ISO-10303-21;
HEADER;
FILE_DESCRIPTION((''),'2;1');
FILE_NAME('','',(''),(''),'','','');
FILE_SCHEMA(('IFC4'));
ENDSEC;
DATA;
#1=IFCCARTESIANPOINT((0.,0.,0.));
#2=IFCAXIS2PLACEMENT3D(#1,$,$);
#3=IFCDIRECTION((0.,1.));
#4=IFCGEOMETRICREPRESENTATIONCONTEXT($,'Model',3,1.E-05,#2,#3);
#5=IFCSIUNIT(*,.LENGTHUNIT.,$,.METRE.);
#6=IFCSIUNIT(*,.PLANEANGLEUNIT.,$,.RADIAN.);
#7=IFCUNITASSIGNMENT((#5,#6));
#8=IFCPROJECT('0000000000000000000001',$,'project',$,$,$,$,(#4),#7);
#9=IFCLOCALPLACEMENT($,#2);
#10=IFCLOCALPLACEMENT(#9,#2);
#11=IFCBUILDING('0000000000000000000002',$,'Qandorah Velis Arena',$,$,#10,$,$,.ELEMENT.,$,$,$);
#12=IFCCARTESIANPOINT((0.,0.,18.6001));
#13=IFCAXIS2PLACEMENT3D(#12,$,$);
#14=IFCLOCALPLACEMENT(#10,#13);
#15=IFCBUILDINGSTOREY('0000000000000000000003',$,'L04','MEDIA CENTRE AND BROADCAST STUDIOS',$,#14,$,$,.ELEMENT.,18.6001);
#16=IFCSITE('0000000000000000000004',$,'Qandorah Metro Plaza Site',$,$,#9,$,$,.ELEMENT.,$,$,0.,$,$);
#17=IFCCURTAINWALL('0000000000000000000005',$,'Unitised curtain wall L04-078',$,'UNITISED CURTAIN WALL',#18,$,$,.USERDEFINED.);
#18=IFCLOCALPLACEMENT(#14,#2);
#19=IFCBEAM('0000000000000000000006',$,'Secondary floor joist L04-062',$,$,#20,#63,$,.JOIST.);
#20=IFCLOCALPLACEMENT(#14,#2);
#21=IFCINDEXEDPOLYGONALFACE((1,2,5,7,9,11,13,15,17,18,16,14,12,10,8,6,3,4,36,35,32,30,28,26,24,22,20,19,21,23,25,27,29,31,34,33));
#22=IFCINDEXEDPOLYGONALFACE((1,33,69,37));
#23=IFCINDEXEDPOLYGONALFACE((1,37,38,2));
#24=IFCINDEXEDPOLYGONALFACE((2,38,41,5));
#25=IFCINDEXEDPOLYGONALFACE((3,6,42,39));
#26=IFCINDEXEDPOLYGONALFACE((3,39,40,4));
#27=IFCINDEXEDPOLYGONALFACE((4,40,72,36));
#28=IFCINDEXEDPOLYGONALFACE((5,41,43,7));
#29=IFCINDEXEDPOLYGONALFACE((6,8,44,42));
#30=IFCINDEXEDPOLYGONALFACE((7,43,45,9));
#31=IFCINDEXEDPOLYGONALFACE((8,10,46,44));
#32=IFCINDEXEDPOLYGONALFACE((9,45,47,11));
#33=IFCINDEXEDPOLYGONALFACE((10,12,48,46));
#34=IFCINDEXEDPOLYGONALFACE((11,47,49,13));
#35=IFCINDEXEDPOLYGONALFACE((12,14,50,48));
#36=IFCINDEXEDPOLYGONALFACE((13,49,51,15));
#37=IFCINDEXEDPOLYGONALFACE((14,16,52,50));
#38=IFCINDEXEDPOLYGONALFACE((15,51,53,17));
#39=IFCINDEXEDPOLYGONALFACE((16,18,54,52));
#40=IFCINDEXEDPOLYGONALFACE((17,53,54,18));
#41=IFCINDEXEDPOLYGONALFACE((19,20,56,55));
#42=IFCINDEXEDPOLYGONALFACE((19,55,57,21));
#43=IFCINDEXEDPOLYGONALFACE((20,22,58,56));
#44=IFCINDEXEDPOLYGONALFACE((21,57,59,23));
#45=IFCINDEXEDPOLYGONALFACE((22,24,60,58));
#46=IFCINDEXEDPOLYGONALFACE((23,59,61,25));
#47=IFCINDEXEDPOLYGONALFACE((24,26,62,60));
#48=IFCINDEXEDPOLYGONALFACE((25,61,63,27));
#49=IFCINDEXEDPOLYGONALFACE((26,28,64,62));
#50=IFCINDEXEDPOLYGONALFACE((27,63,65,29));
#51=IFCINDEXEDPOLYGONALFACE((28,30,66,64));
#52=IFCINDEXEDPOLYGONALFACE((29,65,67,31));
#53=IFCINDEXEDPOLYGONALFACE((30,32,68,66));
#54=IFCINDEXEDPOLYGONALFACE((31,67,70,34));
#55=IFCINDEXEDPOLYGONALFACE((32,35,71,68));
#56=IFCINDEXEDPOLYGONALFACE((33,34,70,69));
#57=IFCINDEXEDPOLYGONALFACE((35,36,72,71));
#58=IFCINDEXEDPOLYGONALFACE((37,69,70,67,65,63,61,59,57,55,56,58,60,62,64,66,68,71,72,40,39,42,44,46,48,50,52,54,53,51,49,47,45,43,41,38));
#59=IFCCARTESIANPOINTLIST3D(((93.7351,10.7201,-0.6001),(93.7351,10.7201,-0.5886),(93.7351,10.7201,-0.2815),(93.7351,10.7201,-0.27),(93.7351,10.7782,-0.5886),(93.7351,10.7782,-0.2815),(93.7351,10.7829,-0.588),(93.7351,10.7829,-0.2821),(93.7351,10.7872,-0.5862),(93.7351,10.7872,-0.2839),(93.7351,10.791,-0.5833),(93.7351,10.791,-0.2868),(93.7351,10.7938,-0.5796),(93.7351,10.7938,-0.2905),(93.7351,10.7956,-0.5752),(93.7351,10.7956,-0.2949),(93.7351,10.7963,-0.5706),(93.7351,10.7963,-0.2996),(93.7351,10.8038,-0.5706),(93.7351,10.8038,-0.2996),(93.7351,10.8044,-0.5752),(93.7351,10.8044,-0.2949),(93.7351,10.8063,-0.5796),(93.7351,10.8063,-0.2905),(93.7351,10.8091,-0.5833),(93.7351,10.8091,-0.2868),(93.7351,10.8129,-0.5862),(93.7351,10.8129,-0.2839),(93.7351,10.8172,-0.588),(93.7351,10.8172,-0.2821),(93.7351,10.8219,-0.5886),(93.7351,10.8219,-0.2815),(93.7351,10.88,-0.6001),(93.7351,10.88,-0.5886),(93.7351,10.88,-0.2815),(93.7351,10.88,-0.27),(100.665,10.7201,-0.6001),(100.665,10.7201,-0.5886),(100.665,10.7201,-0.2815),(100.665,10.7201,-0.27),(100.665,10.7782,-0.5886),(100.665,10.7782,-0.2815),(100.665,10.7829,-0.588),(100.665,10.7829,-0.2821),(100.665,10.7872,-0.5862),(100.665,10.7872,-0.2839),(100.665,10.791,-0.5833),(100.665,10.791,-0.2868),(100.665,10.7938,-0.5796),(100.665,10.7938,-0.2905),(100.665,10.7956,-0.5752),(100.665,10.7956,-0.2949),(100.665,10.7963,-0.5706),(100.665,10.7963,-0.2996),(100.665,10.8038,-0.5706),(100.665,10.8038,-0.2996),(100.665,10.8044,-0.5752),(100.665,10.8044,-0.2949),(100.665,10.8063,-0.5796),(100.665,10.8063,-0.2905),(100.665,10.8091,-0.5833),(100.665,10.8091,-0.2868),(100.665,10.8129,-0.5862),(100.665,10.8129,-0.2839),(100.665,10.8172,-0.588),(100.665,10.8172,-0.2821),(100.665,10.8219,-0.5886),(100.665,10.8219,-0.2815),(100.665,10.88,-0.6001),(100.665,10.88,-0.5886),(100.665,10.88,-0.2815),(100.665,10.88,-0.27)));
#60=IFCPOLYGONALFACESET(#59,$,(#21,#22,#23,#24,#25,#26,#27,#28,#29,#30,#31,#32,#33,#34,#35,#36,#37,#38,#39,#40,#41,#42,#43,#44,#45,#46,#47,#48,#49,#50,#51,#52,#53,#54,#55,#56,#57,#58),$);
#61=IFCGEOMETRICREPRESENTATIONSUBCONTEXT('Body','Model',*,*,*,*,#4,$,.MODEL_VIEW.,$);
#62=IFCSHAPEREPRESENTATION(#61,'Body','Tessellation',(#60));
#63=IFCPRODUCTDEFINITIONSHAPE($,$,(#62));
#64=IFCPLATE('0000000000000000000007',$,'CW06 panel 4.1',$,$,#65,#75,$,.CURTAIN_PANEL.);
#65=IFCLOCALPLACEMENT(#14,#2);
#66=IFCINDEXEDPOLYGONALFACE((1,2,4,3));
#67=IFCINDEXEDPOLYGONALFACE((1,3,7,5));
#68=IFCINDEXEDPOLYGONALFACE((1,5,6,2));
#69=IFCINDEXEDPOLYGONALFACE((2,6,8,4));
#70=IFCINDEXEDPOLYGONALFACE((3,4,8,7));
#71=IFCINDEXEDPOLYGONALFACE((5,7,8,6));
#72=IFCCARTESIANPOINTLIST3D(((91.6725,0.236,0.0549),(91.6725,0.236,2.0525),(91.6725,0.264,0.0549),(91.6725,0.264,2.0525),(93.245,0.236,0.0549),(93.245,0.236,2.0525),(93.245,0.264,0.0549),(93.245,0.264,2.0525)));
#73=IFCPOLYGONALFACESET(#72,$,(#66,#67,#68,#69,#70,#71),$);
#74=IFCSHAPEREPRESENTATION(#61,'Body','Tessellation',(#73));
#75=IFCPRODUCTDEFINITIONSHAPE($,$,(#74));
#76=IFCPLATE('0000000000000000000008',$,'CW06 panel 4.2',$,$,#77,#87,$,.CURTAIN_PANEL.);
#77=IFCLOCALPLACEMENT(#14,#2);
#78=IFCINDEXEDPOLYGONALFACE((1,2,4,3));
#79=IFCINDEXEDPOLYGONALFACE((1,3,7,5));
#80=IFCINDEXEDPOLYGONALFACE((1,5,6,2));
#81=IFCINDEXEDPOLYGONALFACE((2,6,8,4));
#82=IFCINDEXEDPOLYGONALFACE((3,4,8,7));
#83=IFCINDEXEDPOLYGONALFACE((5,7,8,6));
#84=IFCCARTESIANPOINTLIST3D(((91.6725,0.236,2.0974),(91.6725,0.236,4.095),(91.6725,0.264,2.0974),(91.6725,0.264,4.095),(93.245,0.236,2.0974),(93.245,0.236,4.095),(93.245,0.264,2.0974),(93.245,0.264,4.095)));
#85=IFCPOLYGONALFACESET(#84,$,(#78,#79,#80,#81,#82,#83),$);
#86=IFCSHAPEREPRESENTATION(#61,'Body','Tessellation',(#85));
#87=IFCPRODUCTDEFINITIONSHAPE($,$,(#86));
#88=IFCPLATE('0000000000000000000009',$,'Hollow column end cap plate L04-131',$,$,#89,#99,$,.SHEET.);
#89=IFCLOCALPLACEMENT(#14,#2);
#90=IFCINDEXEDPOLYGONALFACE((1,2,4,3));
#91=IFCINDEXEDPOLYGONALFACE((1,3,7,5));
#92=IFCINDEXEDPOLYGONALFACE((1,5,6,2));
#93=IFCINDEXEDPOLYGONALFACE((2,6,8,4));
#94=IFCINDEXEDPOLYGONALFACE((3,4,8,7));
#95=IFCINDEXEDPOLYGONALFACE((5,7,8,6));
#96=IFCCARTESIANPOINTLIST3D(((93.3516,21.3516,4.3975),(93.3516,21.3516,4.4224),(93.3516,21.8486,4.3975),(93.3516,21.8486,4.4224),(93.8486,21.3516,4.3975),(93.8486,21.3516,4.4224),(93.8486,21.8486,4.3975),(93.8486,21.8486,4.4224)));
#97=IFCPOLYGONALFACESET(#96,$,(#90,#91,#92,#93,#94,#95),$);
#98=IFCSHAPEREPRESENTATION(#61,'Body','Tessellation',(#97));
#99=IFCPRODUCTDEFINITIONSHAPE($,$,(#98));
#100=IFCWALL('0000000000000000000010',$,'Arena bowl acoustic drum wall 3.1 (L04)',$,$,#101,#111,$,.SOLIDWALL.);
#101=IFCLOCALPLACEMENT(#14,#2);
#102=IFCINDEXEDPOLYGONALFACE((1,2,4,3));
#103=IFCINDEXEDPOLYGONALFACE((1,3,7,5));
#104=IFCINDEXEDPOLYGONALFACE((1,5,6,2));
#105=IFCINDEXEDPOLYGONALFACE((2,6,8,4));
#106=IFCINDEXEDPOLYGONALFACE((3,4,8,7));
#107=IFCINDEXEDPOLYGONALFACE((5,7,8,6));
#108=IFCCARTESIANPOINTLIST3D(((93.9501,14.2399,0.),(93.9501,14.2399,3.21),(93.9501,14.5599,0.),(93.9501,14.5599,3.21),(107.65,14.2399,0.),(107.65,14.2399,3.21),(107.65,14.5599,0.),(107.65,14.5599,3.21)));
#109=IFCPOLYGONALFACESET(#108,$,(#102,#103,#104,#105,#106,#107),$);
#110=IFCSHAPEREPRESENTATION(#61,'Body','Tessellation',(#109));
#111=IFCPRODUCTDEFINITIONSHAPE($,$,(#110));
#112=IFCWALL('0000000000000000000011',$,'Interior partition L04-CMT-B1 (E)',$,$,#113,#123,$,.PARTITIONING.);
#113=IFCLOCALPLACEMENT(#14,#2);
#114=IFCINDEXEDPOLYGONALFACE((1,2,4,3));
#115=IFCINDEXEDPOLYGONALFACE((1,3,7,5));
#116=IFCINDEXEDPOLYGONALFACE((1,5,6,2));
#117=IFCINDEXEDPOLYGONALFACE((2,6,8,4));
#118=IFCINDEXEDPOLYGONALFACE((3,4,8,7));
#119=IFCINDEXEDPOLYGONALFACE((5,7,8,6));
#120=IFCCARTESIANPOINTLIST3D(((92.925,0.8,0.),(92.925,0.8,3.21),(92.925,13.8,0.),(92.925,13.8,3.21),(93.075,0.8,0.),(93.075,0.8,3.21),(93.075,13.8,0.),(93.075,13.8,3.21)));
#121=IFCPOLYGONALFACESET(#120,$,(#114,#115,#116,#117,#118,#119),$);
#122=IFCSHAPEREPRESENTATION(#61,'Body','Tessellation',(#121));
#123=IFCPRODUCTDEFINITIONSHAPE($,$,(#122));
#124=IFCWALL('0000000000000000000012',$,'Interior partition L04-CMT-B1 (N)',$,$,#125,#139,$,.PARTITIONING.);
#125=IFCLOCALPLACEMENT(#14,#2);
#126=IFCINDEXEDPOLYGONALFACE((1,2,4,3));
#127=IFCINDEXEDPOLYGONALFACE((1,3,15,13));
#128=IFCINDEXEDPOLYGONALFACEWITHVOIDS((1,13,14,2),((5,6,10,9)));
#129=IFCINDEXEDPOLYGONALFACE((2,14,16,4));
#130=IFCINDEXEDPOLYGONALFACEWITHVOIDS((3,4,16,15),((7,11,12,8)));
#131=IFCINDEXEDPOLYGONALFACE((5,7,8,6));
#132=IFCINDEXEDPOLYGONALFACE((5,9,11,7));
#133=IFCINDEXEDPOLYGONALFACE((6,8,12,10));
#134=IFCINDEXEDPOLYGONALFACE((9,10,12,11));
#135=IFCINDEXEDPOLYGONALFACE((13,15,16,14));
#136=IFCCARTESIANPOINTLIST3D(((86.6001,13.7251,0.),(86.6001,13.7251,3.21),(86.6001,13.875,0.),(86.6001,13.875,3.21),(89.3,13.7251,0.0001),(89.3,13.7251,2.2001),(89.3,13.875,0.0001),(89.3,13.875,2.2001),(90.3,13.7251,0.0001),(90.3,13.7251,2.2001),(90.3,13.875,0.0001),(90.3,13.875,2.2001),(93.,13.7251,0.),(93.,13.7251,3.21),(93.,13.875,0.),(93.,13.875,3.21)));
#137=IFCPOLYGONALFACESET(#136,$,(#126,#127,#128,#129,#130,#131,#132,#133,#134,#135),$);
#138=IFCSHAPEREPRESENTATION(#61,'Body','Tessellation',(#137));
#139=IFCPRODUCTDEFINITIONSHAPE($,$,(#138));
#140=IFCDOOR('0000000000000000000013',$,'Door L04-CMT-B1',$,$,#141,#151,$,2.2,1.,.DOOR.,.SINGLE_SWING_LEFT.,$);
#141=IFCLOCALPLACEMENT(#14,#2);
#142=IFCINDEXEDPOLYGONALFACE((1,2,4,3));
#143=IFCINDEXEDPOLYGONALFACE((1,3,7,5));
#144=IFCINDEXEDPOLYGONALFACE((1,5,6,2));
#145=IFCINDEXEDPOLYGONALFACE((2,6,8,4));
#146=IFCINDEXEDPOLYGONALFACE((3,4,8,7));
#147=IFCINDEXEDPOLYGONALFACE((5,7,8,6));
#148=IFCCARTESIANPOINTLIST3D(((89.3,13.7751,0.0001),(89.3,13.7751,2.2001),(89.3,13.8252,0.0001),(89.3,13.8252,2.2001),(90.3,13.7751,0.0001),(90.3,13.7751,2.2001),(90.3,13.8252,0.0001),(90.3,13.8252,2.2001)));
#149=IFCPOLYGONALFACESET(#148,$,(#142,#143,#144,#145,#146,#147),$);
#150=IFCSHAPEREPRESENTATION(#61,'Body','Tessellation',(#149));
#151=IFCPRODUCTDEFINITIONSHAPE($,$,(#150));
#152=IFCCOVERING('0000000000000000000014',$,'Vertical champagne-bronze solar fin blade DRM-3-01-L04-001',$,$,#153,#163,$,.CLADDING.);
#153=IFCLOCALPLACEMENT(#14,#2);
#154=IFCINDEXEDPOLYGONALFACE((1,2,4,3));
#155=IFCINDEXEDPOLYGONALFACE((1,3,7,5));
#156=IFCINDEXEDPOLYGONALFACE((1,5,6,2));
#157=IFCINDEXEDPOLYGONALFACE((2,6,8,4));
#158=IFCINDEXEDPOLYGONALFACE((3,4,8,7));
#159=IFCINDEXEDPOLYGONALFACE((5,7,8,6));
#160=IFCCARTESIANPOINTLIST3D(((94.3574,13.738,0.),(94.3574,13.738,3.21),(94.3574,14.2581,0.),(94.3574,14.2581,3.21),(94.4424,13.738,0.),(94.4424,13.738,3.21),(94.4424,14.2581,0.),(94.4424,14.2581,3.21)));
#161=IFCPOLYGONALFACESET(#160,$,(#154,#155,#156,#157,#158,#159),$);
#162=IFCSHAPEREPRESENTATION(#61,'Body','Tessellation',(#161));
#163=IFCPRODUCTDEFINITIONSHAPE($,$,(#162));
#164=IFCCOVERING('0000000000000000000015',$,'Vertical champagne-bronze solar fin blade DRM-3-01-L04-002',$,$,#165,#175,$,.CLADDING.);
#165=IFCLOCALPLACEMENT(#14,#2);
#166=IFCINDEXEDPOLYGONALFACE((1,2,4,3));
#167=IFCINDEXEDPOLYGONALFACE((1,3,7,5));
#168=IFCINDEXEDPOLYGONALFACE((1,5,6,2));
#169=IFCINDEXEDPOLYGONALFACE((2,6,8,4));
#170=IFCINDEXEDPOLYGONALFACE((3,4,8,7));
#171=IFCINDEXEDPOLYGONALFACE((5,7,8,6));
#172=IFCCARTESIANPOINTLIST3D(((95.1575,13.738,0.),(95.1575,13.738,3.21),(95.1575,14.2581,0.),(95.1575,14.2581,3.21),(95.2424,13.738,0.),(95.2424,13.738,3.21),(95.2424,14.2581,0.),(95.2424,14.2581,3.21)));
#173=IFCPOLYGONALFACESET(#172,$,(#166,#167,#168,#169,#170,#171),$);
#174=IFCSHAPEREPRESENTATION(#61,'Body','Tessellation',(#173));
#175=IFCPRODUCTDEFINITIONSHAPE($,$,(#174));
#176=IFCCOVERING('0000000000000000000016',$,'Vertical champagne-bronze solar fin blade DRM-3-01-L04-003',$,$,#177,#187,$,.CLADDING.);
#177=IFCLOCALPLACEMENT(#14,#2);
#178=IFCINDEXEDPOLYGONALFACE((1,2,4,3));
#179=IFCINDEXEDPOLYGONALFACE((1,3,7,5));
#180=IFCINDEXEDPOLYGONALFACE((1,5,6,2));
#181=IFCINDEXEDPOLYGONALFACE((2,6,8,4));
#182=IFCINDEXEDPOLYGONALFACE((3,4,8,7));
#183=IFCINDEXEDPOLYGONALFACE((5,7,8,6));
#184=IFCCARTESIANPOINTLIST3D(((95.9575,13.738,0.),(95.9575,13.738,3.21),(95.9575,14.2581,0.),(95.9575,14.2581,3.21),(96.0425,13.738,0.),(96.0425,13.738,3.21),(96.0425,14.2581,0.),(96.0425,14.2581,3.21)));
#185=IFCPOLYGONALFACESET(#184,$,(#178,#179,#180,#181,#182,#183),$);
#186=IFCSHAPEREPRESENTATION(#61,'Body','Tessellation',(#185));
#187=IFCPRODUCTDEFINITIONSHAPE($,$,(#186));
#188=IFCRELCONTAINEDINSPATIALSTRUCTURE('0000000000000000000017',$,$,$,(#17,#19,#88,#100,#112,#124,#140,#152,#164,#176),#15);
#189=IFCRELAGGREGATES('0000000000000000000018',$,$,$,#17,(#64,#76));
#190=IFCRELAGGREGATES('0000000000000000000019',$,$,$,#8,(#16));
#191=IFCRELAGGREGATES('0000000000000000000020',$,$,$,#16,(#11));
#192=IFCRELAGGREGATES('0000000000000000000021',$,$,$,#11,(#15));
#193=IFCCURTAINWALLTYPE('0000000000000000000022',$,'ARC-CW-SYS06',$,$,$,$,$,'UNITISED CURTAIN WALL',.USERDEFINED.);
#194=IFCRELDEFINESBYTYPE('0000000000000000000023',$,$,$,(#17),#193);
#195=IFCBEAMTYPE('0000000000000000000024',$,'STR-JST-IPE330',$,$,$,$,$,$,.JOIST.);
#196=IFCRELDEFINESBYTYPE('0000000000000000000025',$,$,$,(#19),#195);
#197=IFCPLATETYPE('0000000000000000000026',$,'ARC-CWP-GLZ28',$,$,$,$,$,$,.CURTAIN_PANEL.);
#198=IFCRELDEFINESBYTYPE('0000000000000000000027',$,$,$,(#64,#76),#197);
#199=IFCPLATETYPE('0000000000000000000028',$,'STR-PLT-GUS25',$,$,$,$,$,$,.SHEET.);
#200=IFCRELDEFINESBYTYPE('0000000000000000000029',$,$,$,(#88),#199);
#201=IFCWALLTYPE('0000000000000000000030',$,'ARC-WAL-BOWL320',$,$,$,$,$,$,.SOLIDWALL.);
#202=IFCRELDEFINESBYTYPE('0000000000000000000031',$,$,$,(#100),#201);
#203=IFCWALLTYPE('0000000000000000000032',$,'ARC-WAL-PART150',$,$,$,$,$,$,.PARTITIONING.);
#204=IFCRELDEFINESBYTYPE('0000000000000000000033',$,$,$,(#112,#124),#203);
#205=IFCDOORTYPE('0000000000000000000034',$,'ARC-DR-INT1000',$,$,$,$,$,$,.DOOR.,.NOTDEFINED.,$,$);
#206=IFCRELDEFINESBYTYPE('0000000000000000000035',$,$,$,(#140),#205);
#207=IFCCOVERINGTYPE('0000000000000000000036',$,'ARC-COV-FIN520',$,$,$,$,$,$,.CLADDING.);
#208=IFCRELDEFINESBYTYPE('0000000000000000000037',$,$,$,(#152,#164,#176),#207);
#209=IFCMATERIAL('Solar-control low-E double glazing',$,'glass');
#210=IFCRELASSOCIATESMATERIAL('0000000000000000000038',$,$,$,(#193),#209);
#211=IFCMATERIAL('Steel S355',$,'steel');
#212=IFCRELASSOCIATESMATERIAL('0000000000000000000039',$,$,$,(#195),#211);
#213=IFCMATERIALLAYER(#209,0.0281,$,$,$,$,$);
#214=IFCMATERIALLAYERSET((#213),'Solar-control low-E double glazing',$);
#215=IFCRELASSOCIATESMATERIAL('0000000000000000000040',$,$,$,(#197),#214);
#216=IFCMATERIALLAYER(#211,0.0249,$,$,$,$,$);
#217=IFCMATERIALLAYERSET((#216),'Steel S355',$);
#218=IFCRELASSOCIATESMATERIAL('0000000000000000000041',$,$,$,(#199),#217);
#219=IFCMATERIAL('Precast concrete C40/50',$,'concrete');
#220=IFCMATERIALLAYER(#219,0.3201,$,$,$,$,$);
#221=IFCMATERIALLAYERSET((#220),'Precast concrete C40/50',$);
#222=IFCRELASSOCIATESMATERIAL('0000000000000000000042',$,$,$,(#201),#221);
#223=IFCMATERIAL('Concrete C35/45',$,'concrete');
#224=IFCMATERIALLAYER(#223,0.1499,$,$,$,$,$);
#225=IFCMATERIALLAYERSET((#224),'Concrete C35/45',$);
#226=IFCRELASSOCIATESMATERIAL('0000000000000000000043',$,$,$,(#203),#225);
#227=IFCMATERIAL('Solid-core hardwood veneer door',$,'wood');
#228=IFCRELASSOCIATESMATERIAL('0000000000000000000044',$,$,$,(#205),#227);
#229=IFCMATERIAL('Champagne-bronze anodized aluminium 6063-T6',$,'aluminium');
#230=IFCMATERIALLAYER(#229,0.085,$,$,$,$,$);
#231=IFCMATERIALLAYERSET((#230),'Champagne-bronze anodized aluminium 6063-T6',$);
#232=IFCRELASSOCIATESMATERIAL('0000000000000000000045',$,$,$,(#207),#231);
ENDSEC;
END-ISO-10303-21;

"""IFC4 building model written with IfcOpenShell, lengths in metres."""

from ifc_helpers import new_model, si_unit, direction, frame, frame_2d, origin, origin_2d, place, context, subcontext, project, spatial, rectangle, i_section, extrude, material, layer, layer_set, material_profile, profile_set, type_object, element, fill, aggregate, save


model = new_model("IFC4")

# Units and contexts
model_context = context("Model", 3, precision=1e-05, world=origin(), true_north=direction((0.0, 1.0)))
body_context = subcontext(model_context, "Body", "Model", "MODEL_VIEW")
ifc_project = project(units=[si_unit("LENGTHUNIT", "METRE"), si_unit("PLANEANGLEUNIT", "RADIAN")], contexts=[model_context])

# Site, building, storey
site_placement = place(None, origin())
site = spatial("IfcSite", under=ifc_project, at=site_placement, Name="Qandorah Metro Plaza Site", CompositionType="ELEMENT", RefElevation=0.0)
building_placement = place(site_placement, origin())
building = spatial("IfcBuilding", under=site, at=building_placement, Name="Qandorah Velis Arena", CompositionType="ELEMENT")
storey_placement = place(building_placement, frame((0.0, 0.0, 18.6001)))
storey = spatial("IfcBuildingStorey", under=building, at=storey_placement, Name="L04", Description="MEDIA CENTRE AND BROADCAST STUDIOS", CompositionType="ELEMENT", Elevation=18.6001)

# Shared definitions
ifc_material_1 = material(Name="Steel S355", Category="steel")

# Curtain wall
ifc_material_2 = material(Name="Solar-control low-E double glazing", Category="glass")
curtain_wall_type = type_object("IfcCurtainWallType", Name="ARC-CW-SYS06", ElementType="UNITISED CURTAIN WALL", PredefinedType="USERDEFINED", material=ifc_material_2)
curtain_wall_placement = place(storey_placement, origin())
curtain_wall = element("IfcCurtainWall", 1, at=curtain_wall_placement, inside=storey, type_object=curtain_wall_type, Name="Unitised curtain wall L04-078", ObjectType="UNITISED CURTAIN WALL", PredefinedType="USERDEFINED")
ifc_material_3 = material(Name="Champagne-bronze anodized aluminium 6063-T6", Category="aluminium")

# Beam
ifc_material_profile_1 = material_profile(ifc_material_1, i_section(OverallWidth=0.1599, OverallDepth=0.3301, WebThickness=0.0076, FlangeThickness=0.0115, FilletRadius=0.0181, at=origin_2d()), Name="IPE 330")
ifc_profile_set_1 = profile_set([ifc_material_profile_1], Name="Steel S355")
beam_type_1 = type_object("IfcBeamType", Name="STR-JST-IPE330", PredefinedType="JOIST", material=ifc_profile_set_1)
for number, where, z_axis, x_axis, name in (
    (2, (93.7351, 10.8, -0.4351), (1.0, 0.0, 0.0), (0.0, 1.0, 0.0), "Secondary floor joist L04-062"),
):
    element("IfcBeam", number, at=place(storey_placement, frame(where, z_axis=z_axis, x_axis=x_axis)), inside=storey, type_object=beam_type_1, Name=name, PredefinedType="JOIST", context=body_context, shape_type="SweptSolid", body=[
        extrude(i_section(OverallWidth=0.1599, OverallDepth=0.3301, WebThickness=0.0076, FlangeThickness=0.0115, FilletRadius=0.0181, at=origin_2d()), origin(), (0.0, 0.0, 1.0), 6.9299),
    ])

# Plates
ifc_layer_1 = layer(ifc_material_2, 0.0281)
ifc_layer_set_1 = layer_set([ifc_layer_1], Name="Solar-control low-E double glazing")
plate_type_1 = type_object("IfcPlateType", Name="ARC-CWP-GLZ28", PredefinedType="CURTAIN_PANEL", material=ifc_layer_set_1)
plate_1_placement = place(storey_placement, frame((92.4587, 0.25, 0.0549), z_axis=(0.0, 0.0, 1.0), x_axis=(1.0, 0.0, 0.0)))
plate_1 = element("IfcPlate", 3, at=plate_1_placement, type_object=plate_type_1, Name="CW06 panel 4.1", PredefinedType="CURTAIN_PANEL", context=body_context, shape_type="SweptSolid", body=[
    extrude(rectangle(XDim=1.5725, YDim=0.0281, at=origin_2d()), origin(), (0.0, 0.0, 1.0), 1.9976),
])
plate_2_placement = place(storey_placement, frame((92.4587, 0.25, 2.0974), z_axis=(0.0, 0.0, 1.0), x_axis=(1.0, 0.0, 0.0)))
plate_2 = element("IfcPlate", 4, at=plate_2_placement, type_object=plate_type_1, Name="CW06 panel 4.2", PredefinedType="CURTAIN_PANEL", context=body_context, shape_type="SweptSolid", body=[
    extrude(rectangle(XDim=1.5725, YDim=0.0281, at=origin_2d()), origin(), (0.0, 0.0, 1.0), 1.9976),
])
aggregate(curtain_wall, [plate_1, plate_2])
ifc_layer_2 = layer(ifc_material_1, 0.0249)
ifc_layer_set_2 = layer_set([ifc_layer_2], Name="Steel S355")
plate_type_2 = type_object("IfcPlateType", Name="STR-PLT-GUS25", PredefinedType="SHEET", material=ifc_layer_set_2)
plate_3_placement = place(storey_placement, frame((93.6001, 21.6001, 4.3975), z_axis=(0.0, 0.0, 1.0), x_axis=(1.0, 0.0, 0.0)))
element("IfcPlate", 5, at=plate_3_placement, inside=storey, type_object=plate_type_2, Name="Hollow column end cap plate L04-131", PredefinedType="SHEET", context=body_context, shape_type="SweptSolid", body=[
    extrude(rectangle(XDim=0.4971, YDim=0.4971, at=origin_2d()), origin(), (0.0, 0.0, 1.0), 0.0249),
])

# Walls
ifc_material_4 = material(Name="Precast concrete C40/50", Category="concrete")
ifc_layer_3 = layer(ifc_material_4, 0.3201)
ifc_layer_set_3 = layer_set([ifc_layer_3], Name="Precast concrete C40/50")
wall_type_1 = type_object("IfcWallType", Name="ARC-WAL-BOWL320", PredefinedType="SOLIDWALL", material=ifc_layer_set_3)
wall_1_placement = place(storey_placement, frame((93.95, 14.3999, 0.0), z_axis=(0.0, 0.0, 1.0), x_axis=(1.0, 0.0, 0.0)))
element("IfcWall", 6, at=wall_1_placement, inside=storey, type_object=wall_type_1, Name="Arena bowl acoustic drum wall 3.1 (L04)", PredefinedType="SOLIDWALL", context=body_context, shape_type="SweptSolid", body=[
    extrude(rectangle(XDim=13.7, YDim=0.3201, at=frame_2d((6.8501, 0.0))), origin(), (0.0, 0.0, 1.0), 3.21),
])
ifc_material_5 = material(Name="Concrete C35/45", Category="concrete")
ifc_layer_4 = layer(ifc_material_5, 0.1499)
ifc_layer_set_4 = layer_set([ifc_layer_4], Name="Concrete C35/45")
wall_type_2 = type_object("IfcWallType", Name="ARC-WAL-PART150", PredefinedType="PARTITIONING", material=ifc_layer_set_4)
wall_2_placement = place(storey_placement, frame((93.0, 0.8, 0.0), z_axis=(0.0, 0.0, 1.0), x_axis=(0.0, 1.0, 0.0)))
element("IfcWall", 7, at=wall_2_placement, inside=storey, type_object=wall_type_2, Name="Interior partition L04-CMT-B1 (E)", PredefinedType="PARTITIONING", context=body_context, shape_type="SweptSolid", body=[
    extrude(rectangle(XDim=13.0, YDim=0.1499, at=frame_2d((6.5, 0.0))), origin(), (0.0, 0.0, 1.0), 3.21),
])

# Wall, opening, door
wall_3_placement = place(storey_placement, frame((93.0, 13.8, 0.0), z_axis=(0.0, 0.0, 1.0), x_axis=(-1.0, 0.0, 0.0)))
wall_3 = element("IfcWall", 8, at=wall_3_placement, inside=storey, type_object=wall_type_2, Name="Interior partition L04-CMT-B1 (N)", PredefinedType="PARTITIONING", context=body_context, shape_type="SweptSolid", body=[
    extrude(rectangle(XDim=6.3999, YDim=0.1499, at=frame_2d((3.2, 0.0))), origin(), (0.0, 0.0, 1.0), 3.21),
])
opening_placement = place(wall_3_placement, frame((2.7, 0.0, 0.0)))
opening = element("IfcOpeningElement", 9, at=opening_placement, cuts=wall_3, PredefinedType="OPENING", context=body_context, shape_type="SweptSolid", body=[
    extrude(rectangle(XDim=1.0, YDim=2.2, at=frame_2d((0.5, 1.1001))), frame((0.0, 0.085, 0.0), z_axis=(0.0, -1.0, 0.0), x_axis=(1.0, 0.0, 0.0)), (0.0, 0.0, 1.0), 0.1699),
])
ifc_material_6 = material(Name="Solid-core hardwood veneer door", Category="wood")
door_type = type_object("IfcDoorType", Name="ARC-DR-INT1000", OperationType="NOTDEFINED", PredefinedType="DOOR", material=ifc_material_6)
door_placement = place(opening_placement, origin())
door = element("IfcDoor", 10, at=door_placement, inside=storey, type_object=door_type, Name="Door L04-CMT-B1", OperationType="SINGLE_SWING_LEFT", OverallHeight=2.2, OverallWidth=1.0, PredefinedType="DOOR", context=body_context, shape_type="SweptSolid", body=[
    extrude(rectangle(XDim=1.0, YDim=2.2, at=frame_2d((0.5, 1.1001))), frame((0.0, 0.0249, 0.0), z_axis=(0.0, -1.0, 0.0), x_axis=(1.0, 0.0, 0.0)), (0.0, 0.0, 1.0), 0.05),
])
fill(opening, door)

# Coverings
ifc_layer_5 = layer(ifc_material_3, 0.085)
ifc_layer_set_5 = layer_set([ifc_layer_5], Name="Champagne-bronze anodized aluminium 6063-T6")
covering_type = type_object("IfcCoveringType", Name="ARC-COV-FIN520", PredefinedType="CLADDING", material=ifc_layer_set_5)
for number, where, z_axis, x_axis, name in (
    (11, (94.3999, 13.998, 0.0), (0.0, 0.0, 1.0), (1.0, 0.0, 0.0), "Vertical champagne-bronze solar fin blade DRM-3-01-L04-001"),
    (12, (95.2, 13.998, 0.0), (0.0, 0.0, 1.0), (1.0, 0.0, 0.0), "Vertical champagne-bronze solar fin blade DRM-3-01-L04-002"),
    (13, (96.0, 13.998, 0.0), (0.0, 0.0, 1.0), (1.0, 0.0, 0.0), "Vertical champagne-bronze solar fin blade DRM-3-01-L04-003"),
):
    element("IfcCovering", number, at=place(storey_placement, frame(where, z_axis=z_axis, x_axis=x_axis)), inside=storey, type_object=covering_type, Name=name, PredefinedType="CLADDING", context=body_context, shape_type="SweptSolid", body=[
        extrude(rectangle(XDim=0.085, YDim=0.52, at=origin_2d()), origin(), (0.0, 0.0, 1.0), 3.21),
    ])

save(model, "model.ifc")
